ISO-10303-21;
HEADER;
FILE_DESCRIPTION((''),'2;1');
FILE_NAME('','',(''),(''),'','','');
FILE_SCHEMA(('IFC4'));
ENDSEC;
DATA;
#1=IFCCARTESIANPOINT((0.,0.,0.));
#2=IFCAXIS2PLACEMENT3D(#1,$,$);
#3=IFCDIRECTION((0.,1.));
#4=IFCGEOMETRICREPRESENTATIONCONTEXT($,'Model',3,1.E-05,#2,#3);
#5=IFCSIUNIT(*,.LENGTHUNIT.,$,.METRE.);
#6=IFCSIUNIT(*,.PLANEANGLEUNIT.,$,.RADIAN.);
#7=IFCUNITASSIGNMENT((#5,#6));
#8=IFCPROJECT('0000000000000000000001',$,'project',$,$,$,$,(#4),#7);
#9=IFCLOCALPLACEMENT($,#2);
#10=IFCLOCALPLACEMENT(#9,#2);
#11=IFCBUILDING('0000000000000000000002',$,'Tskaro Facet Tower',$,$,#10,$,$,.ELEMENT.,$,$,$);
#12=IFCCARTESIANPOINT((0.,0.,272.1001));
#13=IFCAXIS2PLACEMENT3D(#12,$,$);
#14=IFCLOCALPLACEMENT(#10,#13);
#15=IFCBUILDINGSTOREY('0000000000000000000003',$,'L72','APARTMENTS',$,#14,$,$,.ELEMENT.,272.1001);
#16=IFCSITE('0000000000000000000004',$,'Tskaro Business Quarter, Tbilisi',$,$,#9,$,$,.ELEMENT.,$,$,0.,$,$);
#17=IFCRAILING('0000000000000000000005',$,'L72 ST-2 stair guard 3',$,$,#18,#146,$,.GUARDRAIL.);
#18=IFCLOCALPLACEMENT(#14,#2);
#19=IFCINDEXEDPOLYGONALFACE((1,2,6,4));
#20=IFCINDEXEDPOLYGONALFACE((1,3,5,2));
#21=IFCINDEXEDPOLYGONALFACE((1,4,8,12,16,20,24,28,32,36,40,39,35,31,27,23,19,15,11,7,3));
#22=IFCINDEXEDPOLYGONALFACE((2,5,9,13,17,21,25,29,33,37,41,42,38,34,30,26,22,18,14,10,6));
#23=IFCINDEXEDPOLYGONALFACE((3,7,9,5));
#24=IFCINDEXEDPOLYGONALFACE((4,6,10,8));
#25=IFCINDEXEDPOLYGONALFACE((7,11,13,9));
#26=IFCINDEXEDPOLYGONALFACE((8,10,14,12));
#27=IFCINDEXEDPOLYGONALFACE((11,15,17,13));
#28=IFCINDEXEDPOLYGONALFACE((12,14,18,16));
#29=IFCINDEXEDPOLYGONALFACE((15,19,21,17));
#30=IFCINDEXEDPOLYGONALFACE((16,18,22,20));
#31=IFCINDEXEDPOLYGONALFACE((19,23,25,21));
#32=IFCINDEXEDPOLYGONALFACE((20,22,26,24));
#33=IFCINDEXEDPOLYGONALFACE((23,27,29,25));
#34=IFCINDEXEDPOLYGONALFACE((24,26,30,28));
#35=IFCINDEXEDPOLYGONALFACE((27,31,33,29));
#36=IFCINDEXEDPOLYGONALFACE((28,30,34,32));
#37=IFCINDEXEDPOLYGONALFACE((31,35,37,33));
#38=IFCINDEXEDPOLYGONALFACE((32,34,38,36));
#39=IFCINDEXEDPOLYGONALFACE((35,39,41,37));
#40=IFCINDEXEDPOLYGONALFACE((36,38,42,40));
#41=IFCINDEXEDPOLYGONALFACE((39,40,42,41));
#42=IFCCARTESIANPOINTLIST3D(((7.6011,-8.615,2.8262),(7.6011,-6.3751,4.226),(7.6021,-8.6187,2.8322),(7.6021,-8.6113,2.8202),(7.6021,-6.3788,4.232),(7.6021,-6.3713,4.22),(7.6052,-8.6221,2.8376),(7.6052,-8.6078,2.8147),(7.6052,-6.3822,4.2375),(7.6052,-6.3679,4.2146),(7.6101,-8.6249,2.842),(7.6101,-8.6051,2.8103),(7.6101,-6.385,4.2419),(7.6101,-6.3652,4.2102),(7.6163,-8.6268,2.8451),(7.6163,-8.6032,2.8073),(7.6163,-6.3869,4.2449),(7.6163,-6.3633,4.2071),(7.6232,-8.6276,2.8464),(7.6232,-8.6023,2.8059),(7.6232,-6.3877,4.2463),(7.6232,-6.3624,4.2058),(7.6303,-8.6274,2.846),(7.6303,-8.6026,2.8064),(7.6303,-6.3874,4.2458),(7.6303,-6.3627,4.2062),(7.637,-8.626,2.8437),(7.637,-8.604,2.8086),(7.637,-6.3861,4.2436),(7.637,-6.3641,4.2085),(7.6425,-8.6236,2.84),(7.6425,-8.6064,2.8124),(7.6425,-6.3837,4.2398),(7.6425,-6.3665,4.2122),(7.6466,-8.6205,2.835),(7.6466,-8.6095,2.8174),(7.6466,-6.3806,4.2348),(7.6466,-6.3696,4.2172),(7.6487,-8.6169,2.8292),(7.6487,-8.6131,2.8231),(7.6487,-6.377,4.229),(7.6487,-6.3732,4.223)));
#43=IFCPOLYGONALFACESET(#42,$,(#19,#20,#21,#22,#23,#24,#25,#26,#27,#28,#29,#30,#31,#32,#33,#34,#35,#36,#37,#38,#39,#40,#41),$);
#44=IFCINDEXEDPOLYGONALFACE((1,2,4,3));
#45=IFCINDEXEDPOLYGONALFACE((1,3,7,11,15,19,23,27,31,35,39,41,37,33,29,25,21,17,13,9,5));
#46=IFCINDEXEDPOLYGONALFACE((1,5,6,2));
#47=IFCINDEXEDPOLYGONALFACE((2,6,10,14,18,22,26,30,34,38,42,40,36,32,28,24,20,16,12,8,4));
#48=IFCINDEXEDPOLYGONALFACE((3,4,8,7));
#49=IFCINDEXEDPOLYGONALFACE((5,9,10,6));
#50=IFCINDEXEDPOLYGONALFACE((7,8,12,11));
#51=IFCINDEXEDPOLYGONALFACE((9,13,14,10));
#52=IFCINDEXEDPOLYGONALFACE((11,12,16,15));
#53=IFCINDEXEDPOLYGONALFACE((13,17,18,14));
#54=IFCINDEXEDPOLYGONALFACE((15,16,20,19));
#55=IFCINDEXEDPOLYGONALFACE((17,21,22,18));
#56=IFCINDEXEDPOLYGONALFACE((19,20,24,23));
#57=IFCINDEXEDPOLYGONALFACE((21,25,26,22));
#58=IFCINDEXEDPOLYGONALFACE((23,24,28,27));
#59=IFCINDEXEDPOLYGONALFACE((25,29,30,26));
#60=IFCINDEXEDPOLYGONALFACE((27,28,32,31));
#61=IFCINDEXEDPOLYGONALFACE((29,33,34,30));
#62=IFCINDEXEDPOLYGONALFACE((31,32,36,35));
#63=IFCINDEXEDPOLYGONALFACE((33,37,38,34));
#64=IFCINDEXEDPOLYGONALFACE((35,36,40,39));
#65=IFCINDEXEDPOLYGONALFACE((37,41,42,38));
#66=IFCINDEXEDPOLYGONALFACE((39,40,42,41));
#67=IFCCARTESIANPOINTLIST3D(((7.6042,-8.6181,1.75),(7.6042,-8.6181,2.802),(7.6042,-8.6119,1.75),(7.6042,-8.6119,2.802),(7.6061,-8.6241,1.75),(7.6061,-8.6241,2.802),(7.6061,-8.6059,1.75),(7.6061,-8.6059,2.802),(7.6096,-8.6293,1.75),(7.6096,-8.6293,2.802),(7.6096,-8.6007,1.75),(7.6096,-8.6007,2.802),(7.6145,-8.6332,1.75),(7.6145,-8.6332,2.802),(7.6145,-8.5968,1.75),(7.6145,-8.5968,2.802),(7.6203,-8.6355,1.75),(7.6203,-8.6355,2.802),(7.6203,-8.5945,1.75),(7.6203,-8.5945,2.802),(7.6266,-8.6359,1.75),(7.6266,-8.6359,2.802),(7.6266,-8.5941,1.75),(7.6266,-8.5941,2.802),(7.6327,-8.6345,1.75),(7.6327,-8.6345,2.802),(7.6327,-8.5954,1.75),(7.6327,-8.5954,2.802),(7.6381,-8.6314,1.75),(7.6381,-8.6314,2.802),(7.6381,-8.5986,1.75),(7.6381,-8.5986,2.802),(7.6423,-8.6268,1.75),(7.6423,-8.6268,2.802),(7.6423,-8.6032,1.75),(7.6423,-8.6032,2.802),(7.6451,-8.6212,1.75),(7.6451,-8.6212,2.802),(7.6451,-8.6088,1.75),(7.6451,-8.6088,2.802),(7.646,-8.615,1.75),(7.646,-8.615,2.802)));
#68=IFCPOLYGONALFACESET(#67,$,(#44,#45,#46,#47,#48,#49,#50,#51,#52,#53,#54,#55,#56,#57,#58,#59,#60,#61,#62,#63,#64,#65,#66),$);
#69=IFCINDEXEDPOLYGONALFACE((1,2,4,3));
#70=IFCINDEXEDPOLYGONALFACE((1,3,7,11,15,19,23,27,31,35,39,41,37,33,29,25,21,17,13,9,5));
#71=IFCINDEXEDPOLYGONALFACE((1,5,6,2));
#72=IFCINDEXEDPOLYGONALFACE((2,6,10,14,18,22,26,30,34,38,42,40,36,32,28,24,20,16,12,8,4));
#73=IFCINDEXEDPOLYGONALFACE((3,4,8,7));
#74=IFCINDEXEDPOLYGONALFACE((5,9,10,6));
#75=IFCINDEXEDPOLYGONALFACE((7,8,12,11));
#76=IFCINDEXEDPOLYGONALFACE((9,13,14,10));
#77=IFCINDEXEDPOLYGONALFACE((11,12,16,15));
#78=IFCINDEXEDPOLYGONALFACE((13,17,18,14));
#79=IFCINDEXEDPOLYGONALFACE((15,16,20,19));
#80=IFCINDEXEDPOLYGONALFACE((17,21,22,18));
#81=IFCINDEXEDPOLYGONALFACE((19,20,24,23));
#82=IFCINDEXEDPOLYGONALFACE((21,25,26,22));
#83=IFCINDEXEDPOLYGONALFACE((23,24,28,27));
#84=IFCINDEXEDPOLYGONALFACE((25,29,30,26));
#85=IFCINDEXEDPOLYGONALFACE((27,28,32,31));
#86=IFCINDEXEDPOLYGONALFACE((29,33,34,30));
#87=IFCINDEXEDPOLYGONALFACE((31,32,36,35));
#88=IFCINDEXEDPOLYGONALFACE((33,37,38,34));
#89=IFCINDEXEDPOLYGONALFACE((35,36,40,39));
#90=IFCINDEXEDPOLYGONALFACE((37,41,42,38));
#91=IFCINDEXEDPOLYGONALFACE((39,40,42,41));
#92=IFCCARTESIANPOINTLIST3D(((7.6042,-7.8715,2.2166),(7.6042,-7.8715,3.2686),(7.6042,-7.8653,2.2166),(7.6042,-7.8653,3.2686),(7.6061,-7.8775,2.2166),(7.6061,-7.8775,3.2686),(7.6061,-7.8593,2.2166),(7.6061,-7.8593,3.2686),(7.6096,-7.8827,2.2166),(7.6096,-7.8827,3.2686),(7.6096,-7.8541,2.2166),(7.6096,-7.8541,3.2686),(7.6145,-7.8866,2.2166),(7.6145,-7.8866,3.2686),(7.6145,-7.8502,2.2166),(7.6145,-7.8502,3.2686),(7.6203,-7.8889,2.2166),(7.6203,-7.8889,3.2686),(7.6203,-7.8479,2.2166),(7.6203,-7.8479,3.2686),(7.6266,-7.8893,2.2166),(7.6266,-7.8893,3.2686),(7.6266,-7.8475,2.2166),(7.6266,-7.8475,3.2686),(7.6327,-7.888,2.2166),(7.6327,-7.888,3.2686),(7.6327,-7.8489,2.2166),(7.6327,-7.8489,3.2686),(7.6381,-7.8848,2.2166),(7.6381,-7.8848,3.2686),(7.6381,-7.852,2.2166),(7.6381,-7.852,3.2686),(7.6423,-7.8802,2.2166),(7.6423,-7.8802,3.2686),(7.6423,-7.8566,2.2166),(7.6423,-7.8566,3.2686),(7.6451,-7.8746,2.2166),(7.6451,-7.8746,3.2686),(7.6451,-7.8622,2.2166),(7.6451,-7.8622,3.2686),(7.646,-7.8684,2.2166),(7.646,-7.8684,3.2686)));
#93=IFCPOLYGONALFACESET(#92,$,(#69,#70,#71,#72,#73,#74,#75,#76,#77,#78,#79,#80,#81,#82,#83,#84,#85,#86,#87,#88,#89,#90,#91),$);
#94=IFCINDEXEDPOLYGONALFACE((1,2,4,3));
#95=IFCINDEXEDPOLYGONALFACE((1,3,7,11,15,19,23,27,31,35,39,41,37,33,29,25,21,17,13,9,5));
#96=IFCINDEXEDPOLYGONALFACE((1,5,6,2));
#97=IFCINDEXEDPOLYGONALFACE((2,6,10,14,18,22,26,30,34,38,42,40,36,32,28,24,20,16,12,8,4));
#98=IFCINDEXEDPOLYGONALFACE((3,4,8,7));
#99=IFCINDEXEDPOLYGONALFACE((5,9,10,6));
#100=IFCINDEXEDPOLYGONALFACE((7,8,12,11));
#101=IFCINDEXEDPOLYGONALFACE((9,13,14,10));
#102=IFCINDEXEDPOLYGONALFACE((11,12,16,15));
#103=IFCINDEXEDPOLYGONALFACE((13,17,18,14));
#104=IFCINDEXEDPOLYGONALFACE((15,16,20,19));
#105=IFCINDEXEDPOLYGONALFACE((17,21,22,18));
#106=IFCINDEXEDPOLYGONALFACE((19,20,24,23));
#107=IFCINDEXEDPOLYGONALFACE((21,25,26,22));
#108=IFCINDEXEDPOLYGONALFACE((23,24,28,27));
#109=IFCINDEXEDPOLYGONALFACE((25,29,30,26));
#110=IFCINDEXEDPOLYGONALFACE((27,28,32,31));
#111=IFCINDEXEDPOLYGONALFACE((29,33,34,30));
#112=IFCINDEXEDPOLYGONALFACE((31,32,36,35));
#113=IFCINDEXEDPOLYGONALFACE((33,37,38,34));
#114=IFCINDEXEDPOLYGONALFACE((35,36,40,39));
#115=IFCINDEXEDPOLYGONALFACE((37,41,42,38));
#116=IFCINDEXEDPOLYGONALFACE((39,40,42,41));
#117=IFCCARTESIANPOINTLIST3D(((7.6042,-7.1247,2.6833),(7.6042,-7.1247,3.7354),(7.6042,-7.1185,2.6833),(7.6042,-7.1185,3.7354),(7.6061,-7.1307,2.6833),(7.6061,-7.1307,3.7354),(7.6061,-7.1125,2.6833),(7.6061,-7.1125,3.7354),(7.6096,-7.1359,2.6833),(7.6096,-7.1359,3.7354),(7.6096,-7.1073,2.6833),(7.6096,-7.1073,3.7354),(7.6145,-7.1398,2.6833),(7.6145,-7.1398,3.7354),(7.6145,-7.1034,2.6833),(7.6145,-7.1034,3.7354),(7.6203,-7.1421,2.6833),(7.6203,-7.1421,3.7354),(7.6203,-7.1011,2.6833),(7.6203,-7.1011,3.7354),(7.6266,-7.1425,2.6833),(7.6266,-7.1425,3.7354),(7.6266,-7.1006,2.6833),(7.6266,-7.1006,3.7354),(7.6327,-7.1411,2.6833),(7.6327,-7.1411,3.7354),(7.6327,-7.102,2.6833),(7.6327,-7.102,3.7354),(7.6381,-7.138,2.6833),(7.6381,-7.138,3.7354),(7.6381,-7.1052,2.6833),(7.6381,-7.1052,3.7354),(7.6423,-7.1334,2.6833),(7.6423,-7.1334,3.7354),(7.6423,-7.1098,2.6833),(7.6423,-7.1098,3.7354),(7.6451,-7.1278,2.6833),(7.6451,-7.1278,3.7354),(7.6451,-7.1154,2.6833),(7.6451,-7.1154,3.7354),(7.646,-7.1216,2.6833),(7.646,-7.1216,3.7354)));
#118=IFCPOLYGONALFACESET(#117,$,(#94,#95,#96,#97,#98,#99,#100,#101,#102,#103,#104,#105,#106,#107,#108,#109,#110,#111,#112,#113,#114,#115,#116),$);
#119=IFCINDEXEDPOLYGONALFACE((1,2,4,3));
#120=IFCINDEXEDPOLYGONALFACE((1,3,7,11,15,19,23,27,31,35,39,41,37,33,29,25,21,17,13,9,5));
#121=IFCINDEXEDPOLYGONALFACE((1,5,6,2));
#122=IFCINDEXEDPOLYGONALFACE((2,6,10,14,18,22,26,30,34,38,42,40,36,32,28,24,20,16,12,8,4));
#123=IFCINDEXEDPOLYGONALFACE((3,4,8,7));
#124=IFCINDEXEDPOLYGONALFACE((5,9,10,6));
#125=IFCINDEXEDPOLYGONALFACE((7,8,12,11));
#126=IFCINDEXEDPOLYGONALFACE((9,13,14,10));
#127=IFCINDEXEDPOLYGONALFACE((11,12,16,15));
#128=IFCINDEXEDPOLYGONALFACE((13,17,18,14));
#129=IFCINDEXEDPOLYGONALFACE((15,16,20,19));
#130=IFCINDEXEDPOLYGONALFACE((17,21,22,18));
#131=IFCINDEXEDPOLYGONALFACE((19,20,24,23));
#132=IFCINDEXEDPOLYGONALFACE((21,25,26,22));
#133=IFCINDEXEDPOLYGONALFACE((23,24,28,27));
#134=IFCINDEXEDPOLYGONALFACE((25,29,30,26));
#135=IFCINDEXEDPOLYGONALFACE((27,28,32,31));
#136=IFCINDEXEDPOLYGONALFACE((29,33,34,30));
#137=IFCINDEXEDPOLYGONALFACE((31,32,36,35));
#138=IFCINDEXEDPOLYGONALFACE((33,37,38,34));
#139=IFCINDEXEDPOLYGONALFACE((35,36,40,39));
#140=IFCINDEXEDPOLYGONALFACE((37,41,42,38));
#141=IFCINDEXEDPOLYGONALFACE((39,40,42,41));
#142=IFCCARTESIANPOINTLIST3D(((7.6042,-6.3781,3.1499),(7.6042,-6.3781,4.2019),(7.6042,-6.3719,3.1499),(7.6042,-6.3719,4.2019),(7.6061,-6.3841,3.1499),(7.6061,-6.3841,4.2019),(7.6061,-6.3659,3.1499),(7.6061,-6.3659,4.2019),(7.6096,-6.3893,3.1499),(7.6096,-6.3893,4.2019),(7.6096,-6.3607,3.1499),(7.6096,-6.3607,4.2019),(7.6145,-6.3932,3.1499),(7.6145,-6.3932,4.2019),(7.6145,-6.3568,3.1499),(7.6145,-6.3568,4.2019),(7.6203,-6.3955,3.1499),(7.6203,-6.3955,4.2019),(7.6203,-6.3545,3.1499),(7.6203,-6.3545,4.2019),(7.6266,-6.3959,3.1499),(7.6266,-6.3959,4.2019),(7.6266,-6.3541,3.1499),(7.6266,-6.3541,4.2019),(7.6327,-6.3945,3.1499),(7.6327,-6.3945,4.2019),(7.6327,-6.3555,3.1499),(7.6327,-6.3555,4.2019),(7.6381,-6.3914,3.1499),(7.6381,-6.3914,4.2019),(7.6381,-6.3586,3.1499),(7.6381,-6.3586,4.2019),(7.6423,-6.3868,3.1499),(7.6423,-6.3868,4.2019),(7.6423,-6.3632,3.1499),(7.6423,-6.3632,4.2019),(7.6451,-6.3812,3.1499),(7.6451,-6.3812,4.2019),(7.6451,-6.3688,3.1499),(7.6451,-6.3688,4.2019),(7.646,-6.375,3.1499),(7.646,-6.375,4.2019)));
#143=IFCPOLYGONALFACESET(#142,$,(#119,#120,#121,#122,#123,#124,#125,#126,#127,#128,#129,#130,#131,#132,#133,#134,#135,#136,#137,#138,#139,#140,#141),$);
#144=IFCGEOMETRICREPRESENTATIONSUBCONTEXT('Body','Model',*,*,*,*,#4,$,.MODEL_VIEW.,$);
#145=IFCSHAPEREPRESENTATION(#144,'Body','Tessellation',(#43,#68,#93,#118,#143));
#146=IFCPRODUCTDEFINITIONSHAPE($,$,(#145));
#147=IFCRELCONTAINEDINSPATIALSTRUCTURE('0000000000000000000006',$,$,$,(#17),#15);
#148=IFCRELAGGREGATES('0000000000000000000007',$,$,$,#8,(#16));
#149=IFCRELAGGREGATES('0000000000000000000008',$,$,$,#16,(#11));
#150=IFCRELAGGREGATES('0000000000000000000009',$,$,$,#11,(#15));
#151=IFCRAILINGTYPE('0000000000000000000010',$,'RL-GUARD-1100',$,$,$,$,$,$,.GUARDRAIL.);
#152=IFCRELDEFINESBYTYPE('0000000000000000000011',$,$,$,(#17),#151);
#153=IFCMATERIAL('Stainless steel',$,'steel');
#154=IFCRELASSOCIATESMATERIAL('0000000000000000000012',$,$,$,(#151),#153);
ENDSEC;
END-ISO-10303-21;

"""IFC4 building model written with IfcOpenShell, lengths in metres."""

from ifc_helpers import new_model, si_unit, direction, frame, origin, origin_2d, place, context, subcontext, project, spatial, circle, extrude, material, type_object, element, save


model = new_model("IFC4")

# Units and contexts
model_context = context("Model", 3, precision=1e-05, world=origin(), true_north=direction((0.0, 1.0)))
body_context = subcontext(model_context, "Body", "Model", "MODEL_VIEW")
ifc_project = project(units=[si_unit("LENGTHUNIT", "METRE"), si_unit("PLANEANGLEUNIT", "RADIAN")], contexts=[model_context])

# Site, building, storey
site_placement = place(None, origin())
site = spatial("IfcSite", under=ifc_project, at=site_placement, Name="Tskaro Business Quarter, Tbilisi", CompositionType="ELEMENT", RefElevation=0.0)
building_placement = place(site_placement, origin())
building = spatial("IfcBuilding", under=site, at=building_placement, Name="Tskaro Facet Tower", CompositionType="ELEMENT")
storey_placement = place(building_placement, frame((0.0, 0.0, 272.1001)))
storey = spatial("IfcBuildingStorey", under=building, at=storey_placement, Name="L72", Description="APARTMENTS", CompositionType="ELEMENT", Elevation=272.1001)

# Railing
ifc_material_1 = material(Name="Stainless steel", Category="steel")
railing_type_1 = type_object("IfcRailingType", Name="RL-GUARD-1100", PredefinedType="GUARDRAIL", material=ifc_material_1)
railing_1_placement = place(storey_placement, frame((7.625, -8.615, 1.75)))
element("IfcRailing", 1, at=railing_1_placement, inside=storey, type_object=railing_type_1, Name="L72 ST-2 stair guard 3", PredefinedType="GUARDRAIL", context=body_context, shape_type="SweptSolid", body=[
    extrude(circle(Radius=0.0239, at=origin_2d()), frame((0.0, 0.0, 1.0762), z_axis=(0.0, 0.848014, 0.529974), x_axis=(-1.0, 0.0, 0.0)), (0.0, 0.0, 1.0), 2.6414),
    extrude(circle(Radius=0.021, at=origin_2d()), origin(), (0.0, 0.0, 1.0), 1.052),
    extrude(circle(Radius=0.021, at=origin_2d()), frame((0.0, 0.7466, 0.4666)), (0.0, 0.0, 1.0), 1.052),
    extrude(circle(Radius=0.021, at=origin_2d()), frame((0.0, 1.4934, 0.9333)), (0.0, 0.0, 1.0), 1.052),
    extrude(circle(Radius=0.021, at=origin_2d()), frame((0.0, 2.24, 1.3999)), (0.0, 0.0, 1.0), 1.052),
])

save(model, "model.ifc")
